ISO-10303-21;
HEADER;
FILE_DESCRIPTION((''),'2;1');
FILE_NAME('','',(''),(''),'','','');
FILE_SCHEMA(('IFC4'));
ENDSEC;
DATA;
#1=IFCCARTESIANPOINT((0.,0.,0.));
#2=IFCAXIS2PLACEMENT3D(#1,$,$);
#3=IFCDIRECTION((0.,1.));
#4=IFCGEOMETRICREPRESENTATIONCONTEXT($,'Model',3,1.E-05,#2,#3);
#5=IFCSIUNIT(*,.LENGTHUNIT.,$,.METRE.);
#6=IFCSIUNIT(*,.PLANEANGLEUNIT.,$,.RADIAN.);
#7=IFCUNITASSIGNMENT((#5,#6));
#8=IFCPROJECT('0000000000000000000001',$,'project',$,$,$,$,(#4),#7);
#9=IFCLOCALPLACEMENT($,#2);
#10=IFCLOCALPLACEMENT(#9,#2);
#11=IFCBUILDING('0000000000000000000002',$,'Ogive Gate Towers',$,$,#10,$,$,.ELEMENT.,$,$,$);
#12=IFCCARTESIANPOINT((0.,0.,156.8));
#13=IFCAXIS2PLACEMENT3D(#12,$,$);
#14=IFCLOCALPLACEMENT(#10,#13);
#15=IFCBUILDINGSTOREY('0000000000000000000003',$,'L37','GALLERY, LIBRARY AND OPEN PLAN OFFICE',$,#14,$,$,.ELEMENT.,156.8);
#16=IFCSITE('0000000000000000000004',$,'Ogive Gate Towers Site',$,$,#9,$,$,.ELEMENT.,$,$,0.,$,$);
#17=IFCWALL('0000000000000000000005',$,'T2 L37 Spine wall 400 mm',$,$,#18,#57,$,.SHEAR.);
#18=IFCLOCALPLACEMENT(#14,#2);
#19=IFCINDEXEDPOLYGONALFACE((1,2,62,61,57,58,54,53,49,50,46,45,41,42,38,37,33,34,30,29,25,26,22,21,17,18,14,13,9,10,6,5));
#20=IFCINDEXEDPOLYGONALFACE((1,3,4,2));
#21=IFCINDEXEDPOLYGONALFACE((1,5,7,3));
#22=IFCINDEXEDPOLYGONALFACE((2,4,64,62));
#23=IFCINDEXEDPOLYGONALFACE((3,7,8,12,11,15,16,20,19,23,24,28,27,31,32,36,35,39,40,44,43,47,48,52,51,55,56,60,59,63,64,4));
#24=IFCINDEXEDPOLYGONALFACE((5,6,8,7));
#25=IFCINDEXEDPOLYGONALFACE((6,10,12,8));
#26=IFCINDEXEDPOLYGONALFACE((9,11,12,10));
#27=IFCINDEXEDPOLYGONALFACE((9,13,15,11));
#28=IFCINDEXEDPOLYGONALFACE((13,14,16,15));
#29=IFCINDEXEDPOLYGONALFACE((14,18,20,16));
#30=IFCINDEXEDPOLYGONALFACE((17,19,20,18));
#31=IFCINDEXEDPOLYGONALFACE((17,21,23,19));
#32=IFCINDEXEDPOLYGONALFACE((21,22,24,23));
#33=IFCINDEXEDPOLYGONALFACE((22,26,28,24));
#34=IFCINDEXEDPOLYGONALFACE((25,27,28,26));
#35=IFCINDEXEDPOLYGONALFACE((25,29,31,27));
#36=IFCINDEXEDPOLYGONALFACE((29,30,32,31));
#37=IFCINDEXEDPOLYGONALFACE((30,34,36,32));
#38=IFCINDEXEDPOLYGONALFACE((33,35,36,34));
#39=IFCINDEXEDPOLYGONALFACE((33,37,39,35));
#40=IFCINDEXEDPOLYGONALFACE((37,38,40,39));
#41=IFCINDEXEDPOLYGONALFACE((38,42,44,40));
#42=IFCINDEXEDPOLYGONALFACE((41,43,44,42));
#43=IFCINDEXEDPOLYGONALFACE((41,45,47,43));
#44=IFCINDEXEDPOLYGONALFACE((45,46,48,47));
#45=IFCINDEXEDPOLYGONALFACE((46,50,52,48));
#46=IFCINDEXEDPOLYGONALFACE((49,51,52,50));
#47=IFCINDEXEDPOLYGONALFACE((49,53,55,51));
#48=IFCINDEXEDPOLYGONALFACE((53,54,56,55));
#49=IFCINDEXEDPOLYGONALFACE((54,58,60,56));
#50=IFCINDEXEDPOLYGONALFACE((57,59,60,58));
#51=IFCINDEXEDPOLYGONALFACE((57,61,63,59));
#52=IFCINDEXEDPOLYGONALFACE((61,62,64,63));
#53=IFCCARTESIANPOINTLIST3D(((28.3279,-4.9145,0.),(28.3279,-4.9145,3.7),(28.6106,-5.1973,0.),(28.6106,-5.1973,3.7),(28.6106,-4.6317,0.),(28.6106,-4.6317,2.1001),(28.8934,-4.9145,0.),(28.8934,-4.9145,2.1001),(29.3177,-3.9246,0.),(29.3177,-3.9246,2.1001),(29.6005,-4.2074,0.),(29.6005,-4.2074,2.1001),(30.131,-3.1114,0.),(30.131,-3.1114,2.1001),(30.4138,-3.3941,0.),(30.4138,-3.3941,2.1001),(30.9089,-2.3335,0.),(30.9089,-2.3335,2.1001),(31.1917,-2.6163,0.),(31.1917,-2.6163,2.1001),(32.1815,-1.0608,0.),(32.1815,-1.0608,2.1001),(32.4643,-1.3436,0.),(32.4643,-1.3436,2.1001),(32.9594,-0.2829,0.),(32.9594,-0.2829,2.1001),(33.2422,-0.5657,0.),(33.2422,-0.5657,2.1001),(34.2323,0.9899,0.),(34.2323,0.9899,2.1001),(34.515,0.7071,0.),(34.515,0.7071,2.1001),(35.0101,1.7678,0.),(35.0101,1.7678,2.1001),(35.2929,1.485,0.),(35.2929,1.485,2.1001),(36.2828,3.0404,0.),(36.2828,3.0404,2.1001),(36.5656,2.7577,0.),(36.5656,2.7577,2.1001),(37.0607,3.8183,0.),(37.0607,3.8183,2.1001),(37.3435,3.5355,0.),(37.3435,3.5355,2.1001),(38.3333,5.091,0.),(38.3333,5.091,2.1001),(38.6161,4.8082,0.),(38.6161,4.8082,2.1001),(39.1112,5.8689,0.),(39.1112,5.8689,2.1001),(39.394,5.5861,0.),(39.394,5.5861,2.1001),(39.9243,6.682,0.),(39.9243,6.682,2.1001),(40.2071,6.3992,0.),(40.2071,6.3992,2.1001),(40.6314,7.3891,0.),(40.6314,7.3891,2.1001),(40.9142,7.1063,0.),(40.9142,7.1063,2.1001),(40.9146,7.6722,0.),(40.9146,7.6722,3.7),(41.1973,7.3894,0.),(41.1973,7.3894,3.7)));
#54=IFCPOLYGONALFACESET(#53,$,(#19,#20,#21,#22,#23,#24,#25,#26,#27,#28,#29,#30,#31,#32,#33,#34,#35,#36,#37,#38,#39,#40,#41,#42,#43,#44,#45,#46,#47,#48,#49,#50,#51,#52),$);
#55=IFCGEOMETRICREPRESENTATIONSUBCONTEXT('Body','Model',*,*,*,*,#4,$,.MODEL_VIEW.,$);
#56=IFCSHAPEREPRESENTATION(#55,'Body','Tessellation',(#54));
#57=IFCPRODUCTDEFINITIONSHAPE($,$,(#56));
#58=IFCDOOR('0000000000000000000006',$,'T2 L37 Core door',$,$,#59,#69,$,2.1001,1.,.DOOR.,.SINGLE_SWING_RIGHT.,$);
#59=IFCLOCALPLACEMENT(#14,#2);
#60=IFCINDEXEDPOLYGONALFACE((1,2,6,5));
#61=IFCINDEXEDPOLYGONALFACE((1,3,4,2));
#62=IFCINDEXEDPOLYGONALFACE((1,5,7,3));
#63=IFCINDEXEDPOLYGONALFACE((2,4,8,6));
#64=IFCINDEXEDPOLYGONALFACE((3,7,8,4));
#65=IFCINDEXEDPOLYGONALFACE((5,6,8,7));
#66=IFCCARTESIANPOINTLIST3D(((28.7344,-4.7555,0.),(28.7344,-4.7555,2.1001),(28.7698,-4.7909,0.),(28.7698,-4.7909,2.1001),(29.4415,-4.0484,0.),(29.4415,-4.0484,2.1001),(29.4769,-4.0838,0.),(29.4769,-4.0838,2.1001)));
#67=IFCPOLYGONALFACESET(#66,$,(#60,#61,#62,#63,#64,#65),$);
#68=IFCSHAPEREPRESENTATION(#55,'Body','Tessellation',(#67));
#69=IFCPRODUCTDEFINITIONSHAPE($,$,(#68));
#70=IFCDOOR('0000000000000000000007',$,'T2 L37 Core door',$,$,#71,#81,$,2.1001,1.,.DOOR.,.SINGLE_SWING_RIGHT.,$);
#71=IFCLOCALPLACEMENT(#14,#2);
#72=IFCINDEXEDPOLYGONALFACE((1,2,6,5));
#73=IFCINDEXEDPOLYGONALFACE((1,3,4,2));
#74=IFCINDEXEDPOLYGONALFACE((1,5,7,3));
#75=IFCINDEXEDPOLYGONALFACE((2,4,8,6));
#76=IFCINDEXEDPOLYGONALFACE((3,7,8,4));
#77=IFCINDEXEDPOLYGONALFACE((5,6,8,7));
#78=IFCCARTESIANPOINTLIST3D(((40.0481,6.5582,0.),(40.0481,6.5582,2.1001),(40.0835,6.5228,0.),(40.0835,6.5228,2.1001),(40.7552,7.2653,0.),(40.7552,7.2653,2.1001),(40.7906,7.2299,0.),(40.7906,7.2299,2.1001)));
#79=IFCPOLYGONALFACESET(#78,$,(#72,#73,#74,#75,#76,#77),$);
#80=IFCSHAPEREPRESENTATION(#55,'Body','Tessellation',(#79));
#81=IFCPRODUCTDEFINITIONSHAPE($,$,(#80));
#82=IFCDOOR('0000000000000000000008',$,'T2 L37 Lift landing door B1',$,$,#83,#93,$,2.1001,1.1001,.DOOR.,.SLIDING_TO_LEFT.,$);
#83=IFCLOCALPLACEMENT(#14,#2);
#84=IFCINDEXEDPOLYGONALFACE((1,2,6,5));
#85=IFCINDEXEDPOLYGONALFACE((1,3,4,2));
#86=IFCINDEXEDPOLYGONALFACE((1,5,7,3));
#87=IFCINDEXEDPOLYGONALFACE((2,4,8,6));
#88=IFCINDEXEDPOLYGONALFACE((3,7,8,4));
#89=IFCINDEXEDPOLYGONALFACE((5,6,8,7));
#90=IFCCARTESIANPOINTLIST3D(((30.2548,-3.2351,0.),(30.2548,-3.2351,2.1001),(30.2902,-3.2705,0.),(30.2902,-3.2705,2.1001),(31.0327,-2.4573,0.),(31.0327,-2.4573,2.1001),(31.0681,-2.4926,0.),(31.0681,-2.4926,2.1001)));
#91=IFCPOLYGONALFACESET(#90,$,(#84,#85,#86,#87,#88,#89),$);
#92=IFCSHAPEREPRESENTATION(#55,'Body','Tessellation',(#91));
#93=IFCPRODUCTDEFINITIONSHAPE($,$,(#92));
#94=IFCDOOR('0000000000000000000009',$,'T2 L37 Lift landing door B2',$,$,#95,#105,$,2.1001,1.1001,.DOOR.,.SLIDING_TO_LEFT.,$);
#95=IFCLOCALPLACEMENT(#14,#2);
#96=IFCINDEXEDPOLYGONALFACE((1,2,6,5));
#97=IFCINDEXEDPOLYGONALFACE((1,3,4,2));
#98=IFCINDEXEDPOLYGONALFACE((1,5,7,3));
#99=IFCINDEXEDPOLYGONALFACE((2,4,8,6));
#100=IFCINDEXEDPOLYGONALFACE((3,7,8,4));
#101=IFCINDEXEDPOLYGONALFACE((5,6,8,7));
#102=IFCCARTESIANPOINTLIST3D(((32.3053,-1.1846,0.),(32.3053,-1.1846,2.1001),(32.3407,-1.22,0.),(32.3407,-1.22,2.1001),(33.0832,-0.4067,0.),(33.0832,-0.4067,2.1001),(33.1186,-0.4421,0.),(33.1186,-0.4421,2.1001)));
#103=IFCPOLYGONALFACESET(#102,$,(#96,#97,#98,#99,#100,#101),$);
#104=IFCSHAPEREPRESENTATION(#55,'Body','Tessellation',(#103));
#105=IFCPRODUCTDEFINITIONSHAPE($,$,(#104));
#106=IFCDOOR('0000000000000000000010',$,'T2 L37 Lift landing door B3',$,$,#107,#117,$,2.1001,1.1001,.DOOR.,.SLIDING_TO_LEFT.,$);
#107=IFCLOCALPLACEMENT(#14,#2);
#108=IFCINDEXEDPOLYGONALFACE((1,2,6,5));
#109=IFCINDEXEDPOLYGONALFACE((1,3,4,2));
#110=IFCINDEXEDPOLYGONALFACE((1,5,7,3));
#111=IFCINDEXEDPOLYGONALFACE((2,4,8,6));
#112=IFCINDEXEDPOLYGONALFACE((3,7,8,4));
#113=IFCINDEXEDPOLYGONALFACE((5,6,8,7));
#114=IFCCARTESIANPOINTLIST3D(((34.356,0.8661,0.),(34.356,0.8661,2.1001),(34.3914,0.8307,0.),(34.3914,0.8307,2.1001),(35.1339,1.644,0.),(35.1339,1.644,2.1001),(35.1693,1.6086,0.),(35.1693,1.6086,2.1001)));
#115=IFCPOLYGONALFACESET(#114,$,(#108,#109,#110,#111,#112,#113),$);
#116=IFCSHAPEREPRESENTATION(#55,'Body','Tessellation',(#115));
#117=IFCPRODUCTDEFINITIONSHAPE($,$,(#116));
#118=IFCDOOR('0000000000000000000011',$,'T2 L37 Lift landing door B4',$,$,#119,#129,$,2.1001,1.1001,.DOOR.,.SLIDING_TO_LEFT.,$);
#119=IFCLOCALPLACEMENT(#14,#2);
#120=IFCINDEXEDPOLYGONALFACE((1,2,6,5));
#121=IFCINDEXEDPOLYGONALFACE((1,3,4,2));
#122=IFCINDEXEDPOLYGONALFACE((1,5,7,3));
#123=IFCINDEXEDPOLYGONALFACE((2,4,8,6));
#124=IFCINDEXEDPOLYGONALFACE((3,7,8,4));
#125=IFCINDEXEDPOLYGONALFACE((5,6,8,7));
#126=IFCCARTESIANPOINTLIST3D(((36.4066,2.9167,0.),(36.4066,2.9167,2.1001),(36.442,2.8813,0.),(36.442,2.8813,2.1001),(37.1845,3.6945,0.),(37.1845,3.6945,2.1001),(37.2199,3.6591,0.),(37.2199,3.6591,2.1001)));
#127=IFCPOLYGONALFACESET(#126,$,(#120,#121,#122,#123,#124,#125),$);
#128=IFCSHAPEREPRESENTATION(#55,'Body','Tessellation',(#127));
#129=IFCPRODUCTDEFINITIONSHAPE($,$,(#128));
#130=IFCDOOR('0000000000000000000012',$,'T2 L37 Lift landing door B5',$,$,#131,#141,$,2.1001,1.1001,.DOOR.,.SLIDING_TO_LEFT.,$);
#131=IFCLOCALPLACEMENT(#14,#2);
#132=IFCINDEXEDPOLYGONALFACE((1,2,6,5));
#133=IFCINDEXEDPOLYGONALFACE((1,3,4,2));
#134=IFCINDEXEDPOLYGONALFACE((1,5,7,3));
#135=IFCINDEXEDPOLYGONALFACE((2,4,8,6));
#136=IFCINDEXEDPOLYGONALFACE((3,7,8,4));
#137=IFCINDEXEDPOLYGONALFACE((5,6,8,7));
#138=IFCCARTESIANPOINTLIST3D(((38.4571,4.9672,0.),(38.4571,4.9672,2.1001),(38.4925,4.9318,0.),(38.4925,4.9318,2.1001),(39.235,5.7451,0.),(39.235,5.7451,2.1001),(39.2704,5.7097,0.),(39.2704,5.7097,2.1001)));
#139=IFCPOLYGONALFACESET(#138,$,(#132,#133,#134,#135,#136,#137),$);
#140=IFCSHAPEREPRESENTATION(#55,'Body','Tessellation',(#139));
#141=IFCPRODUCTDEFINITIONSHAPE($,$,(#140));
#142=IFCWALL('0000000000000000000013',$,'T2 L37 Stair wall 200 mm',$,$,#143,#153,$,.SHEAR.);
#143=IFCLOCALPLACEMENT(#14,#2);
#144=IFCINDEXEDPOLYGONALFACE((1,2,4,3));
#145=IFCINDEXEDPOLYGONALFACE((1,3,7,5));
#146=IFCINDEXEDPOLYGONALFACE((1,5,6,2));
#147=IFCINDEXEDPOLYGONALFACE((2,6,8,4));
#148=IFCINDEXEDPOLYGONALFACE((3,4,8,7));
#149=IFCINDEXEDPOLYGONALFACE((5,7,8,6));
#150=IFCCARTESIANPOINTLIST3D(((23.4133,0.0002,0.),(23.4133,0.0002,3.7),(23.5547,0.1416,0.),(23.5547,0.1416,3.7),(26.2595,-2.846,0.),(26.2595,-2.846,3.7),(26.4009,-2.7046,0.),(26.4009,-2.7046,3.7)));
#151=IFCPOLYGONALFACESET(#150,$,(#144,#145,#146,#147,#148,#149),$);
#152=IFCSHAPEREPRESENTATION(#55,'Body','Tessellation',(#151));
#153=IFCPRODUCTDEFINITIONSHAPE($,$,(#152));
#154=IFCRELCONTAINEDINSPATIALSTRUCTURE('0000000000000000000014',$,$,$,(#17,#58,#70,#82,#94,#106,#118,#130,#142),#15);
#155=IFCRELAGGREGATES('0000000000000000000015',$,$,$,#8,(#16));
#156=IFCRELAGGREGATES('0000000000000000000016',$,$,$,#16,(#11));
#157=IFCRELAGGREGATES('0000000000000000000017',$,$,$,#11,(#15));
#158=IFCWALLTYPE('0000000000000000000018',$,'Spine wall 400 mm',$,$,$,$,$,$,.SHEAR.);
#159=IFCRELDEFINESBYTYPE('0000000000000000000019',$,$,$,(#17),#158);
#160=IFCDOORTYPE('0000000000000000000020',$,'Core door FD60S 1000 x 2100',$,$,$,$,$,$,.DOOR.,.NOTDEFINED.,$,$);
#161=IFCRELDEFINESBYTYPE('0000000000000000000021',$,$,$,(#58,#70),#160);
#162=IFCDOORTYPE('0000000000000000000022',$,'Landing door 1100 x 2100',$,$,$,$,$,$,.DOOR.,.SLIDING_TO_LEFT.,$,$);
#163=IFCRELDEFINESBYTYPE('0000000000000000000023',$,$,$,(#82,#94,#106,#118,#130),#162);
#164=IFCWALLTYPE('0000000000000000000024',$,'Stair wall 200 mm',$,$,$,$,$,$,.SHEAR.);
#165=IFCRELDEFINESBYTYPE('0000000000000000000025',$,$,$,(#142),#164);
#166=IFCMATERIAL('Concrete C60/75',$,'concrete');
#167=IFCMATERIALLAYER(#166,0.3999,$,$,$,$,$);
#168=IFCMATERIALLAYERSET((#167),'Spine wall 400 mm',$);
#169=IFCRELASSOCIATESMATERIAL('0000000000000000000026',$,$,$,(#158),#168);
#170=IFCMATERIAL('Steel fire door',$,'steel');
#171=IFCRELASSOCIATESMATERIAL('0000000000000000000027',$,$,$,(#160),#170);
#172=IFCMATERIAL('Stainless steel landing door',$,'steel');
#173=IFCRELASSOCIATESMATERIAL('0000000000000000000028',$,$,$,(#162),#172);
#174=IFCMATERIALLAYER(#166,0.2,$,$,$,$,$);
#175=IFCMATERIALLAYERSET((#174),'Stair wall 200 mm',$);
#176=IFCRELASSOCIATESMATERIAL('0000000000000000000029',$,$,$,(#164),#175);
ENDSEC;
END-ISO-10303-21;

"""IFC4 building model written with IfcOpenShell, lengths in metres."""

from ifc_helpers import new_model, si_unit, direction, frame, frame_2d, origin, place, context, subcontext, project, spatial, rectangle, extrude, material, layer, layer_set, type_object, element, fill, save


model = new_model("IFC4")

# Units and contexts
model_context = context("Model", 3, precision=1e-05, world=origin(), true_north=direction((0.0, 1.0)))
body_context = subcontext(model_context, "Body", "Model", "MODEL_VIEW")
ifc_project = project(units=[si_unit("LENGTHUNIT", "METRE"), si_unit("PLANEANGLEUNIT", "RADIAN")], contexts=[model_context])

# Site, building, storey
site_placement = place(None, origin())
site = spatial("IfcSite", under=ifc_project, at=site_placement, Name="Ogive Gate Towers Site", CompositionType="ELEMENT", RefElevation=0.0)
building_placement = place(site_placement, origin())
building = spatial("IfcBuilding", under=site, at=building_placement, Name="Ogive Gate Towers", CompositionType="ELEMENT")
storey_placement = place(building_placement, frame((0.0, 0.0, 156.8)))
storey = spatial("IfcBuildingStorey", under=building, at=storey_placement, Name="L37", Description="GALLERY, LIBRARY AND OPEN PLAN OFFICE", CompositionType="ELEMENT", Elevation=156.8)

# Shared definitions
ifc_material_1 = material(Name="Concrete C60/75", Category="concrete")

# Wall, openings, doors
ifc_layer_1 = layer(ifc_material_1, 0.3999)
ifc_layer_set_1 = layer_set([ifc_layer_1], Name="Spine wall 400 mm")
wall_type_1 = type_object("IfcWallType", Name="Spine wall 400 mm", PredefinedType="SHEAR", material=ifc_layer_set_1)
ifc_material_2 = material(Name="Steel fire door", Category="steel")
door_type_1 = type_object("IfcDoorType", Name="Core door FD60S 1000 x 2100", OperationType="NOTDEFINED", PredefinedType="DOOR", material=ifc_material_2)
ifc_material_3 = material(Name="Stainless steel landing door", Category="steel")
door_type_2 = type_object("IfcDoorType", Name="Landing door 1100 x 2100", OperationType="SLIDING_TO_LEFT", PredefinedType="DOOR", material=ifc_material_3)
wall_1_placement = place(storey_placement, frame((28.4692, -5.0559, 0.0), z_axis=(0.0, 0.0, 1.0), x_axis=(0.707107, 0.707107, 0.0)))
wall_1 = element("IfcWall", 1, at=wall_1_placement, inside=storey, type_object=wall_type_1, Name="T2 L37 Spine wall 400 mm", PredefinedType="SHEAR", context=body_context, shape_type="SweptSolid", body=[
    extrude(rectangle(XDim=17.8003, YDim=0.3999, at=frame_2d((8.9001, 0.0))), origin(), (0.0, 0.0, 1.0), 3.7),
])
opening_1_placement = place(wall_1_placement, frame((0.3999, 0.0, 0.0)))
opening_1 = element("IfcOpeningElement", 2, at=opening_1_placement, cuts=wall_1, PredefinedType="OPENING", context=body_context, shape_type="SweptSolid", body=[
    extrude(rectangle(XDim=1.0, YDim=2.1001, at=frame_2d((0.5, 1.05))), frame((0.0, 0.21, 0.0), z_axis=(0.0, -1.0, 0.0), x_axis=(1.0, 0.0, 0.0)), (0.0, 0.0, 1.0), 0.4199),
])
opening_2_placement = place(wall_1_placement, frame((2.55, 0.0, 0.0)))
opening_2 = element("IfcOpeningElement", 3, at=opening_2_placement, cuts=wall_1, PredefinedType="OPENING", context=body_context, shape_type="SweptSolid", body=[
    extrude(rectangle(XDim=1.1001, YDim=2.1001, at=frame_2d((0.55, 1.05))), frame((0.0, 0.21, 0.0), z_axis=(0.0, -1.0, 0.0), x_axis=(1.0, 0.0, 0.0)), (0.0, 0.0, 1.0), 0.4199),
])
opening_3_placement = place(wall_1_placement, frame((5.45, 0.0, 0.0)))
opening_3 = element("IfcOpeningElement", 4, at=opening_3_placement, cuts=wall_1, PredefinedType="OPENING", context=body_context, shape_type="SweptSolid", body=[
    extrude(rectangle(XDim=1.1001, YDim=2.1001, at=frame_2d((0.55, 1.05))), frame((0.0, 0.21, 0.0), z_axis=(0.0, -1.0, 0.0), x_axis=(1.0, 0.0, 0.0)), (0.0, 0.0, 1.0), 0.4199),
])
opening_4_placement = place(wall_1_placement, frame((8.3501, 0.0, 0.0)))
opening_4 = element("IfcOpeningElement", 5, at=opening_4_placement, cuts=wall_1, PredefinedType="OPENING", context=body_context, shape_type="SweptSolid", body=[
    extrude(rectangle(XDim=1.1001, YDim=2.1001, at=frame_2d((0.55, 1.05))), frame((0.0, 0.21, 0.0), z_axis=(0.0, -1.0, 0.0), x_axis=(1.0, 0.0, 0.0)), (0.0, 0.0, 1.0), 0.4199),
])
opening_5_placement = place(wall_1_placement, frame((11.25, 0.0, 0.0)))
opening_5 = element("IfcOpeningElement", 6, at=opening_5_placement, cuts=wall_1, PredefinedType="OPENING", context=body_context, shape_type="SweptSolid", body=[
    extrude(rectangle(XDim=1.1001, YDim=2.1001, at=frame_2d((0.55, 1.05))), frame((0.0, 0.21, 0.0), z_axis=(0.0, -1.0, 0.0), x_axis=(1.0, 0.0, 0.0)), (0.0, 0.0, 1.0), 0.4199),
])
opening_6_placement = place(wall_1_placement, frame((14.1499, 0.0, 0.0)))
opening_6 = element("IfcOpeningElement", 7, at=opening_6_placement, cuts=wall_1, PredefinedType="OPENING", context=body_context, shape_type="SweptSolid", body=[
    extrude(rectangle(XDim=1.1001, YDim=2.1001, at=frame_2d((0.55, 1.05))), frame((0.0, 0.21, 0.0), z_axis=(0.0, -1.0, 0.0), x_axis=(1.0, 0.0, 0.0)), (0.0, 0.0, 1.0), 0.4199),
])
opening_7_placement = place(wall_1_placement, frame((16.3999, 0.0, 0.0)))
opening_7 = element("IfcOpeningElement", 8, at=opening_7_placement, cuts=wall_1, PredefinedType="OPENING", context=body_context, shape_type="SweptSolid", body=[
    extrude(rectangle(XDim=1.0, YDim=2.1001, at=frame_2d((0.5, 1.05))), frame((0.0, 0.21, 0.0), z_axis=(0.0, -1.0, 0.0), x_axis=(1.0, 0.0, 0.0)), (0.0, 0.0, 1.0), 0.4199),
])
door_1_placement = place(opening_1_placement, origin())
door_1 = element("IfcDoor", 9, at=door_1_placement, inside=storey, type_object=door_type_1, Name="T2 L37 Core door", OperationType="SINGLE_SWING_RIGHT", OverallHeight=2.1001, OverallWidth=1.0, PredefinedType="DOOR", context=body_context, shape_type="SweptSolid", body=[
    extrude(rectangle(XDim=1.0, YDim=2.1001, at=frame_2d((0.5, 1.05))), frame((0.0, 0.0249, 0.0), z_axis=(0.0, -1.0, 0.0), x_axis=(1.0, 0.0, 0.0)), (0.0, 0.0, 1.0), 0.05),
])
fill(opening_1, door_1)
door_2_placement = place(opening_7_placement, origin())
door_2 = element("IfcDoor", 10, at=door_2_placement, inside=storey, type_object=door_type_1, Name="T2 L37 Core door", OperationType="SINGLE_SWING_RIGHT", OverallHeight=2.1001, OverallWidth=1.0, PredefinedType="DOOR", context=body_context, shape_type="SweptSolid", body=[
    extrude(rectangle(XDim=1.0, YDim=2.1001, at=frame_2d((0.5, 1.05))), frame((0.0, 0.0249, 0.0), z_axis=(0.0, -1.0, 0.0), x_axis=(1.0, 0.0, 0.0)), (0.0, 0.0, 1.0), 0.05),
])
fill(opening_7, door_2)
door_3_placement = place(opening_2_placement, origin())
door_3 = element("IfcDoor", 11, at=door_3_placement, inside=storey, type_object=door_type_2, Name="T2 L37 Lift landing door B1", OperationType="SLIDING_TO_LEFT", OverallHeight=2.1001, OverallWidth=1.1001, PredefinedType="DOOR", context=body_context, shape_type="SweptSolid", body=[
    extrude(rectangle(XDim=1.1001, YDim=2.1001, at=frame_2d((0.55, 1.05))), frame((0.0, 0.0249, 0.0), z_axis=(0.0, -1.0, 0.0), x_axis=(1.0, 0.0, 0.0)), (0.0, 0.0, 1.0), 0.05),
])
fill(opening_2, door_3)
door_4_placement = place(opening_3_placement, origin())
door_4 = element("IfcDoor", 12, at=door_4_placement, inside=storey, type_object=door_type_2, Name="T2 L37 Lift landing door B2", OperationType="SLIDING_TO_LEFT", OverallHeight=2.1001, OverallWidth=1.1001, PredefinedType="DOOR", context=body_context, shape_type="SweptSolid", body=[
    extrude(rectangle(XDim=1.1001, YDim=2.1001, at=frame_2d((0.55, 1.05))), frame((0.0, 0.0249, 0.0), z_axis=(0.0, -1.0, 0.0), x_axis=(1.0, 0.0, 0.0)), (0.0, 0.0, 1.0), 0.05),
])
fill(opening_3, door_4)
door_5_placement = place(opening_4_placement, origin())
door_5 = element("IfcDoor", 13, at=door_5_placement, inside=storey, type_object=door_type_2, Name="T2 L37 Lift landing door B3", OperationType="SLIDING_TO_LEFT", OverallHeight=2.1001, OverallWidth=1.1001, PredefinedType="DOOR", context=body_context, shape_type="SweptSolid", body=[
    extrude(rectangle(XDim=1.1001, YDim=2.1001, at=frame_2d((0.55, 1.05))), frame((0.0, 0.0249, 0.0), z_axis=(0.0, -1.0, 0.0), x_axis=(1.0, 0.0, 0.0)), (0.0, 0.0, 1.0), 0.05),
])
fill(opening_4, door_5)
door_6_placement = place(opening_5_placement, origin())
door_6 = element("IfcDoor", 14, at=door_6_placement, inside=storey, type_object=door_type_2, Name="T2 L37 Lift landing door B4", OperationType="SLIDING_TO_LEFT", OverallHeight=2.1001, OverallWidth=1.1001, PredefinedType="DOOR", context=body_context, shape_type="SweptSolid", body=[
    extrude(rectangle(XDim=1.1001, YDim=2.1001, at=frame_2d((0.55, 1.05))), frame((0.0, 0.0249, 0.0), z_axis=(0.0, -1.0, 0.0), x_axis=(1.0, 0.0, 0.0)), (0.0, 0.0, 1.0), 0.05),
])
fill(opening_5, door_6)
door_7_placement = place(opening_6_placement, origin())
door_7 = element("IfcDoor", 15, at=door_7_placement, inside=storey, type_object=door_type_2, Name="T2 L37 Lift landing door B5", OperationType="SLIDING_TO_LEFT", OverallHeight=2.1001, OverallWidth=1.1001, PredefinedType="DOOR", context=body_context, shape_type="SweptSolid", body=[
    extrude(rectangle(XDim=1.1001, YDim=2.1001, at=frame_2d((0.55, 1.05))), frame((0.0, 0.0249, 0.0), z_axis=(0.0, -1.0, 0.0), x_axis=(1.0, 0.0, 0.0)), (0.0, 0.0, 1.0), 0.05),
])
fill(opening_6, door_7)

# Wall
ifc_layer_2 = layer(ifc_material_1, 0.2)
ifc_layer_set_2 = layer_set([ifc_layer_2], Name="Stair wall 200 mm")
wall_type_2 = type_object("IfcWallType", Name="Stair wall 200 mm", PredefinedType="SHEAR", material=ifc_layer_set_2)
wall_2_placement = place(storey_placement, frame((26.3303, -2.7754, 0.0), z_axis=(0.0, 0.0, 1.0), x_axis=(-0.707107, 0.707107, 0.0)))
element("IfcWall", 16, at=wall_2_placement, inside=storey, type_object=wall_type_2, Name="T2 L37 Stair wall 200 mm", PredefinedType="SHEAR", context=body_context, shape_type="SweptSolid", body=[
    extrude(rectangle(XDim=4.0251, YDim=0.2, at=frame_2d((2.0127, 0.0))), origin(), (0.0, 0.0, 1.0), 3.7),
])

save(model, "model.ifc")
